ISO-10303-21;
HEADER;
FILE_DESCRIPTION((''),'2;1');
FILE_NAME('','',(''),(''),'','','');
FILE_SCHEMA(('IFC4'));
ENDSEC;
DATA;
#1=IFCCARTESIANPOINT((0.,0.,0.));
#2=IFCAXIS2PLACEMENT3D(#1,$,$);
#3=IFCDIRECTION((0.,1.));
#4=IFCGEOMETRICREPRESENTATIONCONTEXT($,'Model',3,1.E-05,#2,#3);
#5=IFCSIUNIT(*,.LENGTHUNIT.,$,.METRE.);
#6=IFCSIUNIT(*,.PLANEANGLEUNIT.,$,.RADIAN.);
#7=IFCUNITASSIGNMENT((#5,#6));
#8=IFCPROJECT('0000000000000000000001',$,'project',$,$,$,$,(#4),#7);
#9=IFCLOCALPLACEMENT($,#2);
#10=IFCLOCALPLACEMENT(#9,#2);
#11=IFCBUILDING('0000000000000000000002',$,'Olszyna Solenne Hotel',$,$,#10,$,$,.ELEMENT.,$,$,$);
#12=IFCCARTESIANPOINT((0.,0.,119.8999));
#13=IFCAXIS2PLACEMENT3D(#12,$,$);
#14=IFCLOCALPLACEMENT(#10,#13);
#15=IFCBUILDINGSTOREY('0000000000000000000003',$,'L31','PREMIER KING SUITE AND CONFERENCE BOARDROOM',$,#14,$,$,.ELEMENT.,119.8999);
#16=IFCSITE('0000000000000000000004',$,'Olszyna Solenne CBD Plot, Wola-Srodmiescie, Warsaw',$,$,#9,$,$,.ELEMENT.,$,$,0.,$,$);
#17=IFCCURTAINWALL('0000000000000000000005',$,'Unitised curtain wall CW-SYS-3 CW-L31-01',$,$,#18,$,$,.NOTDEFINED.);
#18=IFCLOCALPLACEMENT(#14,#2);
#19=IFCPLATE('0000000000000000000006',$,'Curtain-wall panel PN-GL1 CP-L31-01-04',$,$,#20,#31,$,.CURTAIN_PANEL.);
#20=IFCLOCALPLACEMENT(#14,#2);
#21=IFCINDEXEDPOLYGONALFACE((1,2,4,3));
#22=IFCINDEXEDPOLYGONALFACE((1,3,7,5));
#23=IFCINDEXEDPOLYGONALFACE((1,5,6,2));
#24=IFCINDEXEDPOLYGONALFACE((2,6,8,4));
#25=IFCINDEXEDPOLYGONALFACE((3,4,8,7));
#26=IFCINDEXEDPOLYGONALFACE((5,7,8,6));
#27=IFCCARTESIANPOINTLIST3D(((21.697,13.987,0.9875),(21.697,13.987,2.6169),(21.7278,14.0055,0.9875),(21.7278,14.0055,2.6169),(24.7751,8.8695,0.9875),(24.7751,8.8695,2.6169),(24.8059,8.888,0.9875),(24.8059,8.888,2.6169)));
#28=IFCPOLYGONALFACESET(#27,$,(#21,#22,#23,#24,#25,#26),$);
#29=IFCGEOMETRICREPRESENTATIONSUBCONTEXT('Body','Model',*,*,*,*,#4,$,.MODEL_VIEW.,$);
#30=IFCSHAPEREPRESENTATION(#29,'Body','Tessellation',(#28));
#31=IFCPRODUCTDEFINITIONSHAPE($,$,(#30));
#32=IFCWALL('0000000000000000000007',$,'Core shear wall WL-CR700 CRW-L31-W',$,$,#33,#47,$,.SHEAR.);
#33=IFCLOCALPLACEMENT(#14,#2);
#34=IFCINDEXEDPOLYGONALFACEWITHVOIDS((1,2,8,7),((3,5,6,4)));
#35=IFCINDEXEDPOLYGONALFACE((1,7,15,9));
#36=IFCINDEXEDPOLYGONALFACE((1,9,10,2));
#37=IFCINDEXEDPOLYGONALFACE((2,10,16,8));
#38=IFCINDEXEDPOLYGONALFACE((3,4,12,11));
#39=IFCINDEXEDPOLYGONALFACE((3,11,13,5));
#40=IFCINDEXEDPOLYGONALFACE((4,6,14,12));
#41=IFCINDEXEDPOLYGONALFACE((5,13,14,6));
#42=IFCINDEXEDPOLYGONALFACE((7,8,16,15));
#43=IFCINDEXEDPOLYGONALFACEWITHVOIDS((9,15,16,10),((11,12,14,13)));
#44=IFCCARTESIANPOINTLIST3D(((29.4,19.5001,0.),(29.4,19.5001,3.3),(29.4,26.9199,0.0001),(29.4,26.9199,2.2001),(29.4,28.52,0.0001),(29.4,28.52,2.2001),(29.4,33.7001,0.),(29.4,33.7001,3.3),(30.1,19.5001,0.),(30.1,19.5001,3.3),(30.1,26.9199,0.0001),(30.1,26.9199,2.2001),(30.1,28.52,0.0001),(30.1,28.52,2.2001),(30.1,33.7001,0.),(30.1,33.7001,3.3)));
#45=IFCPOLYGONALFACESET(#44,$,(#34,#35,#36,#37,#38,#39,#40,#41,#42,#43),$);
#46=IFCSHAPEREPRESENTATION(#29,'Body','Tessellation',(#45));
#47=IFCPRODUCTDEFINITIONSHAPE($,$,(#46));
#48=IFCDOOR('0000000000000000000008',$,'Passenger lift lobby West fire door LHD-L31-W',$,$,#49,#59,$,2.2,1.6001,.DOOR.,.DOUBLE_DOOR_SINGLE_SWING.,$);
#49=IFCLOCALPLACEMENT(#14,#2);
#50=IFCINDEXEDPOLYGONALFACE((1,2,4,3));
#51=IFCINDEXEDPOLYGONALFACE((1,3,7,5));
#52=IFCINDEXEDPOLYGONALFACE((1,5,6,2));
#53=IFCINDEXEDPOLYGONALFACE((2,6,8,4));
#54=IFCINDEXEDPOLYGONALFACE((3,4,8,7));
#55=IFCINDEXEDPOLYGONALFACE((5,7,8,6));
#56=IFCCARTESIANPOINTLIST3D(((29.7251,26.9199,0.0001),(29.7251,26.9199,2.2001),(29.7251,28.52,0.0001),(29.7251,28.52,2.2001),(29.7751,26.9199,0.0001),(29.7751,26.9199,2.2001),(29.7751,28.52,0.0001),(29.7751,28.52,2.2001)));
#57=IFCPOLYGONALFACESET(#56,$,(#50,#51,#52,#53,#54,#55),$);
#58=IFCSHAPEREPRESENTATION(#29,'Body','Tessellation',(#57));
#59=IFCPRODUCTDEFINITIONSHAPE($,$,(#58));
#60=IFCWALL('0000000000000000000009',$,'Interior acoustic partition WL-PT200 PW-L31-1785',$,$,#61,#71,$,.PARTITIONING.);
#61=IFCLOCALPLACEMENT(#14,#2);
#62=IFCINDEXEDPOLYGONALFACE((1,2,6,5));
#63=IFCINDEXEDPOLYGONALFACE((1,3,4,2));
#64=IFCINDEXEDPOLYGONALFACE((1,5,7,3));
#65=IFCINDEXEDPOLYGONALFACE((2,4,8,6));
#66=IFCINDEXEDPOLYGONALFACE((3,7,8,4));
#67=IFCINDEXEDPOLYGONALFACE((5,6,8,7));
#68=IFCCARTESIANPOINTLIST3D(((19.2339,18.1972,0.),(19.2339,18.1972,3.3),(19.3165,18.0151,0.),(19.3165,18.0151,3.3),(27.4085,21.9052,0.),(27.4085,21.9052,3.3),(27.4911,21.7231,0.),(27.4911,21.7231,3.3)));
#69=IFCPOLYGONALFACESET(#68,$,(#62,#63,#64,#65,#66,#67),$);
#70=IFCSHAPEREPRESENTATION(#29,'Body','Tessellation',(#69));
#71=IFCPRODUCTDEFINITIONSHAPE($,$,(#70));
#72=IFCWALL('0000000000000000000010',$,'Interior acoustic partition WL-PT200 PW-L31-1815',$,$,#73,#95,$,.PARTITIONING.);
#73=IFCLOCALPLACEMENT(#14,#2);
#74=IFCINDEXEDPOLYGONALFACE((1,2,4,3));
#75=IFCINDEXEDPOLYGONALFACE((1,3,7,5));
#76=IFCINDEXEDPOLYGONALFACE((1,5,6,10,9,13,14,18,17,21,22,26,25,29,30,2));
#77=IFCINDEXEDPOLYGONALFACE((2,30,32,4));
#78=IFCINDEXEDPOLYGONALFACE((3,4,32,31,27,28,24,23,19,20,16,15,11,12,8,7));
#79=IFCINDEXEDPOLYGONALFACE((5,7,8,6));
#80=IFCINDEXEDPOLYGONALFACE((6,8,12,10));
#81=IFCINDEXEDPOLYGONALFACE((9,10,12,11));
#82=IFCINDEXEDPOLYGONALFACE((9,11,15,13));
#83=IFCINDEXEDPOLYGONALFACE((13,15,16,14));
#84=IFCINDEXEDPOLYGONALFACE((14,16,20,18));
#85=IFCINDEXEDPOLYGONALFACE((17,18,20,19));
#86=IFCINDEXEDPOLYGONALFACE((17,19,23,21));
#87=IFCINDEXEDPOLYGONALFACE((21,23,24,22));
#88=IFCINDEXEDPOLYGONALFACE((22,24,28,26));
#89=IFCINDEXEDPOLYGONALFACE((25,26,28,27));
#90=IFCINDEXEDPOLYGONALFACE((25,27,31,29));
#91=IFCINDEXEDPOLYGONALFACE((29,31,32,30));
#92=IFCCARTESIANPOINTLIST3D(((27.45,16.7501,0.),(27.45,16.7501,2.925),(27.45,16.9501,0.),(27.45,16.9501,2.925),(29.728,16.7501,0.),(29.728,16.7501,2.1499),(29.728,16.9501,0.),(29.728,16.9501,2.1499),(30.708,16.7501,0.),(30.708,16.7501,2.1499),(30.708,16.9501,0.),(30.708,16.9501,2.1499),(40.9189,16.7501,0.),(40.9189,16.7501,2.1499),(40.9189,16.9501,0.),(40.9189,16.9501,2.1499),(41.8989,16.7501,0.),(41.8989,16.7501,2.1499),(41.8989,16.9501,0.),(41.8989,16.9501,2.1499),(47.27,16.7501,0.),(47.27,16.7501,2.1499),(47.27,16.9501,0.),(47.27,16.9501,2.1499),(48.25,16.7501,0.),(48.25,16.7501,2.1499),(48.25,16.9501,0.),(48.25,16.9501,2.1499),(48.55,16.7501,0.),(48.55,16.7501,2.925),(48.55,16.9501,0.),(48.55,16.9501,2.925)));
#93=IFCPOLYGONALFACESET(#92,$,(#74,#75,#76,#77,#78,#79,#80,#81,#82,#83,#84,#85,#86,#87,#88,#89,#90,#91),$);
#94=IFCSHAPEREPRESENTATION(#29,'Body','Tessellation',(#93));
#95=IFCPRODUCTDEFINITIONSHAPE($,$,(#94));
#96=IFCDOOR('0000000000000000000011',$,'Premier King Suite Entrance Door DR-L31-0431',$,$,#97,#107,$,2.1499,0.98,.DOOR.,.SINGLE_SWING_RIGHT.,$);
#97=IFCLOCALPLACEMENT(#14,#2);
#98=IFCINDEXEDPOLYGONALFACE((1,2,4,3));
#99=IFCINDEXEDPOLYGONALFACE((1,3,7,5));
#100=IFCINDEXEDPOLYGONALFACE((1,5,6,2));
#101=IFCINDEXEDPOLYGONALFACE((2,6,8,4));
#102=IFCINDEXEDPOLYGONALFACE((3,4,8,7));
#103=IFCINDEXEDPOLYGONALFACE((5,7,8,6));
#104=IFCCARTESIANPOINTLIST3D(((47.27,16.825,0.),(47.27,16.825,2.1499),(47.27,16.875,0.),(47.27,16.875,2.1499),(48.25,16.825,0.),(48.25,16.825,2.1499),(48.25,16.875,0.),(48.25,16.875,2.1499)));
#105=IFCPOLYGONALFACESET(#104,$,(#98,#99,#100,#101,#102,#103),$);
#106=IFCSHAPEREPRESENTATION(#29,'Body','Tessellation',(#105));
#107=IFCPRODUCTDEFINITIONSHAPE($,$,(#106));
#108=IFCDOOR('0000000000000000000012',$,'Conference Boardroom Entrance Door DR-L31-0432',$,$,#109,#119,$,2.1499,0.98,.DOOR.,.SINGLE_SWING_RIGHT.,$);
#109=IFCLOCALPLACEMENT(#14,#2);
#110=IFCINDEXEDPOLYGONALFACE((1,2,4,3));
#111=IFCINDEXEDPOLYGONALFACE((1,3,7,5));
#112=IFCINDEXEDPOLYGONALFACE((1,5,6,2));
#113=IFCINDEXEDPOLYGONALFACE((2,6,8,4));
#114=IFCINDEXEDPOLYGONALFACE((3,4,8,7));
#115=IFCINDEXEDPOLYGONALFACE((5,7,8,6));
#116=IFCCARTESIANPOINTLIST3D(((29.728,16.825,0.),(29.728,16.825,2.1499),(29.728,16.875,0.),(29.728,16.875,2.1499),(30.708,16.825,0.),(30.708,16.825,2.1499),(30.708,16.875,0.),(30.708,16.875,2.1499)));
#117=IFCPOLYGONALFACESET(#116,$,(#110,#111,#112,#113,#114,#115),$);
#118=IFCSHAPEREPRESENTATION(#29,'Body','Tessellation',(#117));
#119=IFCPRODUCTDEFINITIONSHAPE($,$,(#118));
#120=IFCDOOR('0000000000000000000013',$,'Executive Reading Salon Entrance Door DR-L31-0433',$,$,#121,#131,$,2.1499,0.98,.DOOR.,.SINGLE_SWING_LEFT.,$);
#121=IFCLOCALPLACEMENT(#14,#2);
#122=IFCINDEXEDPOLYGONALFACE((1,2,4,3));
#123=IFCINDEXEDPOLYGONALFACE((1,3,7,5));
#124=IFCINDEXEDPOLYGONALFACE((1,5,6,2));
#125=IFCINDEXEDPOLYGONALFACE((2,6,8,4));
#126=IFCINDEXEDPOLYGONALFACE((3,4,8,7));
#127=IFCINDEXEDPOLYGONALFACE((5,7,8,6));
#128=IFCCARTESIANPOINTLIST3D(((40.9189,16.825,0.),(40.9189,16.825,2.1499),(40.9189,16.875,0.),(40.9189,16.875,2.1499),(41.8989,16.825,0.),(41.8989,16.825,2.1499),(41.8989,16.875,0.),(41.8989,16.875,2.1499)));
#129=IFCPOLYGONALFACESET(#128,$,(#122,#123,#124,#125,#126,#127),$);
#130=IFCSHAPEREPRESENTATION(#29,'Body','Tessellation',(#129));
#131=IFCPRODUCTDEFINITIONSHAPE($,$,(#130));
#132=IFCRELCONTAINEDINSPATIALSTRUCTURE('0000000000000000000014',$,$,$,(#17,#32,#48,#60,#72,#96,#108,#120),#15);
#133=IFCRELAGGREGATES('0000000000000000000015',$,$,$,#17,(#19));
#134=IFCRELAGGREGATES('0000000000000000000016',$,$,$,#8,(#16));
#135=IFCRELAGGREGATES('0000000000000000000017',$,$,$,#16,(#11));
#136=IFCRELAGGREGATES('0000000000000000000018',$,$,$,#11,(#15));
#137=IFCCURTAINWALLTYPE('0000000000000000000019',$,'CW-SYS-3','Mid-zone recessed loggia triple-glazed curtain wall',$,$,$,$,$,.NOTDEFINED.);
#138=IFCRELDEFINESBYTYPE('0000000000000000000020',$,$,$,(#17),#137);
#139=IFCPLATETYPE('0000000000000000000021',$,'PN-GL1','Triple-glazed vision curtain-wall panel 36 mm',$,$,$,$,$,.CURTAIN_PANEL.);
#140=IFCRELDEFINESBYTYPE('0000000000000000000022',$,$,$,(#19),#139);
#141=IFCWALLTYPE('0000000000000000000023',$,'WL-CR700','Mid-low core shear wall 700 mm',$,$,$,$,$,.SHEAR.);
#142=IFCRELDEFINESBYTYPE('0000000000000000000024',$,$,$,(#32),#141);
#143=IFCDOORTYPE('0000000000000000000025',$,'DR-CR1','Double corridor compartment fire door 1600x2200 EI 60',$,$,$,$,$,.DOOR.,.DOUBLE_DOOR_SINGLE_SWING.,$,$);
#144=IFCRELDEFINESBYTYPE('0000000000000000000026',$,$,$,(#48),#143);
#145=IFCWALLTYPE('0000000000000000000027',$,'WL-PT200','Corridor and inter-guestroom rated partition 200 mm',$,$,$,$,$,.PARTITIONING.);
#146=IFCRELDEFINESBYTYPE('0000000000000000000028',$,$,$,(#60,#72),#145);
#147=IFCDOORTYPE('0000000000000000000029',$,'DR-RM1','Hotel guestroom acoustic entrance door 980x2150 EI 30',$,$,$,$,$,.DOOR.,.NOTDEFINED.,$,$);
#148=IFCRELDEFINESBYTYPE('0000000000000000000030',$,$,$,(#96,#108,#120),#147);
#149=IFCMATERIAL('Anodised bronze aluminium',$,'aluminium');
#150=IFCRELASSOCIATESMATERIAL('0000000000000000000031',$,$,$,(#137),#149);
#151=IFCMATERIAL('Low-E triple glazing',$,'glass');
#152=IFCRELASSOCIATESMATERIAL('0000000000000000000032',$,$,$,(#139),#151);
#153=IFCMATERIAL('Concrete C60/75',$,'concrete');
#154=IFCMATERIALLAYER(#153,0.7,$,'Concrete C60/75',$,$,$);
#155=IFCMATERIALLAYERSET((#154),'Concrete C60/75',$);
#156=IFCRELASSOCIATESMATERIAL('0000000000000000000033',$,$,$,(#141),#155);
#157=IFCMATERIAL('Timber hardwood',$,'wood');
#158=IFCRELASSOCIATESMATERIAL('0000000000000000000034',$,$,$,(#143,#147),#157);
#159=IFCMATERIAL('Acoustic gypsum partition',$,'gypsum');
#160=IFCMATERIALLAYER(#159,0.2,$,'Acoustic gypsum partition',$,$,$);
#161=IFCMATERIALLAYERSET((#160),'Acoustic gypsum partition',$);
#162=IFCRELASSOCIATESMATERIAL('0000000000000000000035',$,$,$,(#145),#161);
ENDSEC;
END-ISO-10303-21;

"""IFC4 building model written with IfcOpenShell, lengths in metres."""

from ifc_helpers import new_model, si_unit, direction, frame, frame_2d, origin, origin_2d, place, context, subcontext, project, spatial, rectangle, extrude, source, transform, mapped, material, layer, layer_set, type_object, type_shapes, element, fill, aggregate, save


model = new_model("IFC4")

# Units and contexts
model_context = context("Model", 3, precision=1e-05, world=origin(), true_north=direction((0.0, 1.0)))
body_context = subcontext(model_context, "Body", "Model", "MODEL_VIEW")
ifc_project = project(units=[si_unit("LENGTHUNIT", "METRE"), si_unit("PLANEANGLEUNIT", "RADIAN")], contexts=[model_context])

# Site, building, storey
site_placement = place(None, origin())
site = spatial("IfcSite", under=ifc_project, at=site_placement, Name="Olszyna Solenne CBD Plot, Wola-Srodmiescie, Warsaw", CompositionType="ELEMENT", RefElevation=0.0)
building_placement = place(site_placement, origin())
building = spatial("IfcBuilding", under=site, at=building_placement, Name="Olszyna Solenne Hotel", CompositionType="ELEMENT")
storey_placement = place(building_placement, frame((0.0, 0.0, 119.8999)))
storey = spatial("IfcBuildingStorey", under=building, at=storey_placement, Name="L31", Description="PREMIER KING SUITE AND CONFERENCE BOARDROOM", CompositionType="ELEMENT", Elevation=119.8999)

# Curtain wall
ifc_material_1 = material(Name="Anodised bronze aluminium", Category="aluminium")
curtain_wall_type = type_object("IfcCurtainWallType", Name="CW-SYS-3", Description="Mid-zone recessed loggia triple-glazed curtain wall", PredefinedType="NOTDEFINED", material=ifc_material_1)
curtain_wall_placement = place(storey_placement, origin())
curtain_wall = element("IfcCurtainWall", 1, at=curtain_wall_placement, inside=storey, type_object=curtain_wall_type, Name="Unitised curtain wall CW-SYS-3 CW-L31-01", PredefinedType="NOTDEFINED")

# Plate
ifc_material_2 = material(Name="Low-E triple glazing", Category="glass")
plate_type_1 = type_object("IfcPlateType", Name="PN-GL1", Description="Triple-glazed vision curtain-wall panel 36 mm", PredefinedType="CURTAIN_PANEL", material=ifc_material_2)
shared_shape_1 = source(origin(), body_context, "Body", "SweptSolid", [
    extrude(rectangle(XDim=5.9719, YDim=0.0359, at=origin_2d()), origin(), (0.0, 0.0, 1.0), 1.6294),
])
plate_1_placement = place(storey_placement, frame((23.2515, 11.4375, 0.9875), z_axis=(0.0, 0.0, 1.0), x_axis=(0.515425, -0.856935, 0.0)))
plate_1 = element("IfcPlate", 2, at=plate_1_placement, type_object=plate_type_1, Name="Curtain-wall panel PN-GL1 CP-L31-01-04", PredefinedType="CURTAIN_PANEL", context=body_context, shape_type="MappedRepresentation", body=[
    mapped(shared_shape_1, transform((0.0, 0.0, 0.0), x_axis=(1.0, 0.0, 0.0), y_axis=(0.0, 1.0, 0.0), z_axis=(0.0, 0.0, 1.0), scale=1.0)),
])
aggregate(curtain_wall, [plate_1])

# Wall, opening, door
ifc_material_3 = material(Name="Concrete C60/75", Category="concrete")
ifc_layer_1 = layer(ifc_material_3, 0.7, Name="Concrete C60/75")
ifc_layer_set_1 = layer_set([ifc_layer_1], Name="Concrete C60/75")
wall_type_1 = type_object("IfcWallType", Name="WL-CR700", Description="Mid-low core shear wall 700 mm", PredefinedType="SHEAR", material=ifc_layer_set_1)
wall_1_placement = place(storey_placement, frame((29.75, 19.5, 0.0), z_axis=(0.0, 0.0, 1.0), x_axis=(0.0, 1.0, 0.0)))
wall_1 = element("IfcWall", 3, at=wall_1_placement, inside=storey, type_object=wall_type_1, Name="Core shear wall WL-CR700 CRW-L31-W", PredefinedType="SHEAR", context=body_context, shape_type="SweptSolid", body=[
    extrude(rectangle(XDim=14.2, YDim=0.7, at=frame_2d((7.1001, 0.0))), origin(), (0.0, 0.0, 1.0), 3.3),
])
opening_1_placement = place(wall_1_placement, frame((7.4199, 0.0, 0.0)))
opening_1 = element("IfcOpeningElement", 4, at=opening_1_placement, cuts=wall_1, PredefinedType="OPENING", context=body_context, shape_type="SweptSolid", body=[
    extrude(rectangle(XDim=1.6001, YDim=2.2, at=frame_2d((0.8, 1.1001))), frame((0.0, 0.3599, 0.0), z_axis=(0.0, -1.0, 0.0), x_axis=(1.0, 0.0, 0.0)), (0.0, 0.0, 1.0), 0.72),
])
ifc_material_4 = material(Name="Timber hardwood", Category="wood")
door_type_1 = type_object("IfcDoorType", Name="DR-CR1", Description="Double corridor compartment fire door 1600x2200 EI 60", OperationType="DOUBLE_DOOR_SINGLE_SWING", PredefinedType="DOOR", material=ifc_material_4)
shared_shape_2 = source(origin(), body_context, "Body", "SweptSolid", [
    extrude(rectangle(XDim=1.6001, YDim=2.2, at=frame_2d((0.8, 1.1001))), frame((0.0, 0.0249, 0.0), z_axis=(0.0, -1.0, 0.0), x_axis=(1.0, 0.0, 0.0)), (0.0, 0.0, 1.0), 0.05),
])
type_shapes(door_type_1, [shared_shape_2])
door_1_placement = place(opening_1_placement, origin())
door_1 = element("IfcDoor", 5, at=door_1_placement, inside=storey, type_object=door_type_1, Name="Passenger lift lobby West fire door LHD-L31-W", OperationType="DOUBLE_DOOR_SINGLE_SWING", OverallHeight=2.2, OverallWidth=1.6001, PredefinedType="DOOR", context=body_context, shape_type="MappedRepresentation", body=[
    mapped(shared_shape_2, transform((0.0, 0.0, 0.0), x_axis=(1.0, 0.0, 0.0), y_axis=(0.0, 1.0, 0.0), z_axis=(0.0, 0.0, 1.0), scale=1.0)),
])
fill(opening_1, door_1)

# Wall
ifc_material_5 = material(Name="Acoustic gypsum partition", Category="gypsum")
ifc_layer_2 = layer(ifc_material_5, 0.2, Name="Acoustic gypsum partition")
ifc_layer_set_2 = layer_set([ifc_layer_2], Name="Acoustic gypsum partition")
wall_type_2 = type_object("IfcWallType", Name="WL-PT200", Description="Corridor and inter-guestroom rated partition 200 mm", PredefinedType="PARTITIONING", material=ifc_layer_set_2)
wall_2_placement = place(storey_placement, frame((27.45, 21.8142, 0.0), z_axis=(0.0, 0.0, 1.0), x_axis=(-0.910689, -0.413092, 0.0)))
element("IfcWall", 6, at=wall_2_placement, inside=storey, type_object=wall_type_2, Name="Interior acoustic partition WL-PT200 PW-L31-1785", PredefinedType="PARTITIONING", context=body_context, shape_type="SweptSolid", body=[
    extrude(rectangle(XDim=8.9763, YDim=0.2, at=frame_2d((4.4883, 0.0))), origin(), (0.0, 0.0, 1.0), 3.3),
])

# Wall, openings, doors
wall_3_placement = place(storey_placement, frame((27.45, 16.8501, 0.0), z_axis=(0.0, 0.0, 1.0), x_axis=(1.0, 0.0, 0.0)))
wall_3 = element("IfcWall", 7, at=wall_3_placement, inside=storey, type_object=wall_type_2, Name="Interior acoustic partition WL-PT200 PW-L31-1815", PredefinedType="PARTITIONING", context=body_context, shape_type="SweptSolid", body=[
    extrude(rectangle(XDim=21.1001, YDim=0.2, at=frame_2d((10.55, 0.0))), origin(), (0.0, 0.0, 1.0), 2.925),
])
opening_2_placement = place(wall_3_placement, frame((19.8201, 0.0, 0.0)))
opening_2 = element("IfcOpeningElement", 8, at=opening_2_placement, cuts=wall_3, PredefinedType="OPENING", context=body_context, shape_type="SweptSolid", body=[
    extrude(rectangle(XDim=0.98, YDim=2.1499, at=frame_2d((0.49, 1.075))), frame((0.0, 0.1099, 0.0), z_axis=(0.0, -1.0, 0.0), x_axis=(1.0, 0.0, 0.0)), (0.0, 0.0, 1.0), 0.22),
])
opening_3_placement = place(wall_3_placement, frame((2.2781, 0.0, 0.0)))
opening_3 = element("IfcOpeningElement", 9, at=opening_3_placement, cuts=wall_3, PredefinedType="OPENING", context=body_context, shape_type="SweptSolid", body=[
    extrude(rectangle(XDim=0.98, YDim=2.1499, at=frame_2d((0.49, 1.075))), frame((0.0, 0.1099, 0.0), z_axis=(0.0, -1.0, 0.0), x_axis=(1.0, 0.0, 0.0)), (0.0, 0.0, 1.0), 0.22),
])
opening_4_placement = place(wall_3_placement, frame((13.469, 0.0, 0.0)))
opening_4 = element("IfcOpeningElement", 10, at=opening_4_placement, cuts=wall_3, PredefinedType="OPENING", context=body_context, shape_type="SweptSolid", body=[
    extrude(rectangle(XDim=0.98, YDim=2.1499, at=frame_2d((0.49, 1.075))), frame((0.0, 0.1099, 0.0), z_axis=(0.0, -1.0, 0.0), x_axis=(1.0, 0.0, 0.0)), (0.0, 0.0, 1.0), 0.22),
])
door_type_2 = type_object("IfcDoorType", Name="DR-RM1", Description="Hotel guestroom acoustic entrance door 980x2150 EI 30", OperationType="NOTDEFINED", PredefinedType="DOOR", material=ifc_material_4)
shared_shape_3 = source(origin(), body_context, "Body", "SweptSolid", [
    extrude(rectangle(XDim=0.98, YDim=2.1499, at=frame_2d((0.49, 1.075))), frame((0.0, 0.0249, 0.0), z_axis=(0.0, -1.0, 0.0), x_axis=(1.0, 0.0, 0.0)), (0.0, 0.0, 1.0), 0.05),
])
type_shapes(door_type_2, [shared_shape_3])
door_2_placement = place(opening_2_placement, origin())
door_2 = element("IfcDoor", 11, at=door_2_placement, inside=storey, type_object=door_type_2, Name="Premier King Suite Entrance Door DR-L31-0431", OperationType="SINGLE_SWING_RIGHT", OverallHeight=2.1499, OverallWidth=0.98, PredefinedType="DOOR", context=body_context, shape_type="MappedRepresentation", body=[
    mapped(shared_shape_3, transform((0.0, 0.0, 0.0), x_axis=(1.0, 0.0, 0.0), y_axis=(0.0, 1.0, 0.0), z_axis=(0.0, 0.0, 1.0), scale=1.0)),
])
fill(opening_2, door_2)
door_3_placement = place(opening_3_placement, origin())
door_3 = element("IfcDoor", 12, at=door_3_placement, inside=storey, type_object=door_type_2, Name="Conference Boardroom Entrance Door DR-L31-0432", OperationType="SINGLE_SWING_RIGHT", OverallHeight=2.1499, OverallWidth=0.98, PredefinedType="DOOR", context=body_context, shape_type="MappedRepresentation", body=[
    mapped(shared_shape_3, transform((0.0, 0.0, 0.0), x_axis=(1.0, 0.0, 0.0), y_axis=(0.0, 1.0, 0.0), z_axis=(0.0, 0.0, 1.0), scale=1.0)),
])
fill(opening_3, door_3)
door_4_placement = place(opening_4_placement, origin())
door_4 = element("IfcDoor", 13, at=door_4_placement, inside=storey, type_object=door_type_2, Name="Executive Reading Salon Entrance Door DR-L31-0433", OperationType="SINGLE_SWING_LEFT", OverallHeight=2.1499, OverallWidth=0.98, PredefinedType="DOOR", context=body_context, shape_type="MappedRepresentation", body=[
    mapped(shared_shape_3, transform((0.0, 0.0, 0.0), x_axis=(1.0, 0.0, 0.0), y_axis=(0.0, 1.0, 0.0), z_axis=(0.0, 0.0, 1.0), scale=1.0)),
])
fill(opening_4, door_4)

save(model, "model.ifc")
